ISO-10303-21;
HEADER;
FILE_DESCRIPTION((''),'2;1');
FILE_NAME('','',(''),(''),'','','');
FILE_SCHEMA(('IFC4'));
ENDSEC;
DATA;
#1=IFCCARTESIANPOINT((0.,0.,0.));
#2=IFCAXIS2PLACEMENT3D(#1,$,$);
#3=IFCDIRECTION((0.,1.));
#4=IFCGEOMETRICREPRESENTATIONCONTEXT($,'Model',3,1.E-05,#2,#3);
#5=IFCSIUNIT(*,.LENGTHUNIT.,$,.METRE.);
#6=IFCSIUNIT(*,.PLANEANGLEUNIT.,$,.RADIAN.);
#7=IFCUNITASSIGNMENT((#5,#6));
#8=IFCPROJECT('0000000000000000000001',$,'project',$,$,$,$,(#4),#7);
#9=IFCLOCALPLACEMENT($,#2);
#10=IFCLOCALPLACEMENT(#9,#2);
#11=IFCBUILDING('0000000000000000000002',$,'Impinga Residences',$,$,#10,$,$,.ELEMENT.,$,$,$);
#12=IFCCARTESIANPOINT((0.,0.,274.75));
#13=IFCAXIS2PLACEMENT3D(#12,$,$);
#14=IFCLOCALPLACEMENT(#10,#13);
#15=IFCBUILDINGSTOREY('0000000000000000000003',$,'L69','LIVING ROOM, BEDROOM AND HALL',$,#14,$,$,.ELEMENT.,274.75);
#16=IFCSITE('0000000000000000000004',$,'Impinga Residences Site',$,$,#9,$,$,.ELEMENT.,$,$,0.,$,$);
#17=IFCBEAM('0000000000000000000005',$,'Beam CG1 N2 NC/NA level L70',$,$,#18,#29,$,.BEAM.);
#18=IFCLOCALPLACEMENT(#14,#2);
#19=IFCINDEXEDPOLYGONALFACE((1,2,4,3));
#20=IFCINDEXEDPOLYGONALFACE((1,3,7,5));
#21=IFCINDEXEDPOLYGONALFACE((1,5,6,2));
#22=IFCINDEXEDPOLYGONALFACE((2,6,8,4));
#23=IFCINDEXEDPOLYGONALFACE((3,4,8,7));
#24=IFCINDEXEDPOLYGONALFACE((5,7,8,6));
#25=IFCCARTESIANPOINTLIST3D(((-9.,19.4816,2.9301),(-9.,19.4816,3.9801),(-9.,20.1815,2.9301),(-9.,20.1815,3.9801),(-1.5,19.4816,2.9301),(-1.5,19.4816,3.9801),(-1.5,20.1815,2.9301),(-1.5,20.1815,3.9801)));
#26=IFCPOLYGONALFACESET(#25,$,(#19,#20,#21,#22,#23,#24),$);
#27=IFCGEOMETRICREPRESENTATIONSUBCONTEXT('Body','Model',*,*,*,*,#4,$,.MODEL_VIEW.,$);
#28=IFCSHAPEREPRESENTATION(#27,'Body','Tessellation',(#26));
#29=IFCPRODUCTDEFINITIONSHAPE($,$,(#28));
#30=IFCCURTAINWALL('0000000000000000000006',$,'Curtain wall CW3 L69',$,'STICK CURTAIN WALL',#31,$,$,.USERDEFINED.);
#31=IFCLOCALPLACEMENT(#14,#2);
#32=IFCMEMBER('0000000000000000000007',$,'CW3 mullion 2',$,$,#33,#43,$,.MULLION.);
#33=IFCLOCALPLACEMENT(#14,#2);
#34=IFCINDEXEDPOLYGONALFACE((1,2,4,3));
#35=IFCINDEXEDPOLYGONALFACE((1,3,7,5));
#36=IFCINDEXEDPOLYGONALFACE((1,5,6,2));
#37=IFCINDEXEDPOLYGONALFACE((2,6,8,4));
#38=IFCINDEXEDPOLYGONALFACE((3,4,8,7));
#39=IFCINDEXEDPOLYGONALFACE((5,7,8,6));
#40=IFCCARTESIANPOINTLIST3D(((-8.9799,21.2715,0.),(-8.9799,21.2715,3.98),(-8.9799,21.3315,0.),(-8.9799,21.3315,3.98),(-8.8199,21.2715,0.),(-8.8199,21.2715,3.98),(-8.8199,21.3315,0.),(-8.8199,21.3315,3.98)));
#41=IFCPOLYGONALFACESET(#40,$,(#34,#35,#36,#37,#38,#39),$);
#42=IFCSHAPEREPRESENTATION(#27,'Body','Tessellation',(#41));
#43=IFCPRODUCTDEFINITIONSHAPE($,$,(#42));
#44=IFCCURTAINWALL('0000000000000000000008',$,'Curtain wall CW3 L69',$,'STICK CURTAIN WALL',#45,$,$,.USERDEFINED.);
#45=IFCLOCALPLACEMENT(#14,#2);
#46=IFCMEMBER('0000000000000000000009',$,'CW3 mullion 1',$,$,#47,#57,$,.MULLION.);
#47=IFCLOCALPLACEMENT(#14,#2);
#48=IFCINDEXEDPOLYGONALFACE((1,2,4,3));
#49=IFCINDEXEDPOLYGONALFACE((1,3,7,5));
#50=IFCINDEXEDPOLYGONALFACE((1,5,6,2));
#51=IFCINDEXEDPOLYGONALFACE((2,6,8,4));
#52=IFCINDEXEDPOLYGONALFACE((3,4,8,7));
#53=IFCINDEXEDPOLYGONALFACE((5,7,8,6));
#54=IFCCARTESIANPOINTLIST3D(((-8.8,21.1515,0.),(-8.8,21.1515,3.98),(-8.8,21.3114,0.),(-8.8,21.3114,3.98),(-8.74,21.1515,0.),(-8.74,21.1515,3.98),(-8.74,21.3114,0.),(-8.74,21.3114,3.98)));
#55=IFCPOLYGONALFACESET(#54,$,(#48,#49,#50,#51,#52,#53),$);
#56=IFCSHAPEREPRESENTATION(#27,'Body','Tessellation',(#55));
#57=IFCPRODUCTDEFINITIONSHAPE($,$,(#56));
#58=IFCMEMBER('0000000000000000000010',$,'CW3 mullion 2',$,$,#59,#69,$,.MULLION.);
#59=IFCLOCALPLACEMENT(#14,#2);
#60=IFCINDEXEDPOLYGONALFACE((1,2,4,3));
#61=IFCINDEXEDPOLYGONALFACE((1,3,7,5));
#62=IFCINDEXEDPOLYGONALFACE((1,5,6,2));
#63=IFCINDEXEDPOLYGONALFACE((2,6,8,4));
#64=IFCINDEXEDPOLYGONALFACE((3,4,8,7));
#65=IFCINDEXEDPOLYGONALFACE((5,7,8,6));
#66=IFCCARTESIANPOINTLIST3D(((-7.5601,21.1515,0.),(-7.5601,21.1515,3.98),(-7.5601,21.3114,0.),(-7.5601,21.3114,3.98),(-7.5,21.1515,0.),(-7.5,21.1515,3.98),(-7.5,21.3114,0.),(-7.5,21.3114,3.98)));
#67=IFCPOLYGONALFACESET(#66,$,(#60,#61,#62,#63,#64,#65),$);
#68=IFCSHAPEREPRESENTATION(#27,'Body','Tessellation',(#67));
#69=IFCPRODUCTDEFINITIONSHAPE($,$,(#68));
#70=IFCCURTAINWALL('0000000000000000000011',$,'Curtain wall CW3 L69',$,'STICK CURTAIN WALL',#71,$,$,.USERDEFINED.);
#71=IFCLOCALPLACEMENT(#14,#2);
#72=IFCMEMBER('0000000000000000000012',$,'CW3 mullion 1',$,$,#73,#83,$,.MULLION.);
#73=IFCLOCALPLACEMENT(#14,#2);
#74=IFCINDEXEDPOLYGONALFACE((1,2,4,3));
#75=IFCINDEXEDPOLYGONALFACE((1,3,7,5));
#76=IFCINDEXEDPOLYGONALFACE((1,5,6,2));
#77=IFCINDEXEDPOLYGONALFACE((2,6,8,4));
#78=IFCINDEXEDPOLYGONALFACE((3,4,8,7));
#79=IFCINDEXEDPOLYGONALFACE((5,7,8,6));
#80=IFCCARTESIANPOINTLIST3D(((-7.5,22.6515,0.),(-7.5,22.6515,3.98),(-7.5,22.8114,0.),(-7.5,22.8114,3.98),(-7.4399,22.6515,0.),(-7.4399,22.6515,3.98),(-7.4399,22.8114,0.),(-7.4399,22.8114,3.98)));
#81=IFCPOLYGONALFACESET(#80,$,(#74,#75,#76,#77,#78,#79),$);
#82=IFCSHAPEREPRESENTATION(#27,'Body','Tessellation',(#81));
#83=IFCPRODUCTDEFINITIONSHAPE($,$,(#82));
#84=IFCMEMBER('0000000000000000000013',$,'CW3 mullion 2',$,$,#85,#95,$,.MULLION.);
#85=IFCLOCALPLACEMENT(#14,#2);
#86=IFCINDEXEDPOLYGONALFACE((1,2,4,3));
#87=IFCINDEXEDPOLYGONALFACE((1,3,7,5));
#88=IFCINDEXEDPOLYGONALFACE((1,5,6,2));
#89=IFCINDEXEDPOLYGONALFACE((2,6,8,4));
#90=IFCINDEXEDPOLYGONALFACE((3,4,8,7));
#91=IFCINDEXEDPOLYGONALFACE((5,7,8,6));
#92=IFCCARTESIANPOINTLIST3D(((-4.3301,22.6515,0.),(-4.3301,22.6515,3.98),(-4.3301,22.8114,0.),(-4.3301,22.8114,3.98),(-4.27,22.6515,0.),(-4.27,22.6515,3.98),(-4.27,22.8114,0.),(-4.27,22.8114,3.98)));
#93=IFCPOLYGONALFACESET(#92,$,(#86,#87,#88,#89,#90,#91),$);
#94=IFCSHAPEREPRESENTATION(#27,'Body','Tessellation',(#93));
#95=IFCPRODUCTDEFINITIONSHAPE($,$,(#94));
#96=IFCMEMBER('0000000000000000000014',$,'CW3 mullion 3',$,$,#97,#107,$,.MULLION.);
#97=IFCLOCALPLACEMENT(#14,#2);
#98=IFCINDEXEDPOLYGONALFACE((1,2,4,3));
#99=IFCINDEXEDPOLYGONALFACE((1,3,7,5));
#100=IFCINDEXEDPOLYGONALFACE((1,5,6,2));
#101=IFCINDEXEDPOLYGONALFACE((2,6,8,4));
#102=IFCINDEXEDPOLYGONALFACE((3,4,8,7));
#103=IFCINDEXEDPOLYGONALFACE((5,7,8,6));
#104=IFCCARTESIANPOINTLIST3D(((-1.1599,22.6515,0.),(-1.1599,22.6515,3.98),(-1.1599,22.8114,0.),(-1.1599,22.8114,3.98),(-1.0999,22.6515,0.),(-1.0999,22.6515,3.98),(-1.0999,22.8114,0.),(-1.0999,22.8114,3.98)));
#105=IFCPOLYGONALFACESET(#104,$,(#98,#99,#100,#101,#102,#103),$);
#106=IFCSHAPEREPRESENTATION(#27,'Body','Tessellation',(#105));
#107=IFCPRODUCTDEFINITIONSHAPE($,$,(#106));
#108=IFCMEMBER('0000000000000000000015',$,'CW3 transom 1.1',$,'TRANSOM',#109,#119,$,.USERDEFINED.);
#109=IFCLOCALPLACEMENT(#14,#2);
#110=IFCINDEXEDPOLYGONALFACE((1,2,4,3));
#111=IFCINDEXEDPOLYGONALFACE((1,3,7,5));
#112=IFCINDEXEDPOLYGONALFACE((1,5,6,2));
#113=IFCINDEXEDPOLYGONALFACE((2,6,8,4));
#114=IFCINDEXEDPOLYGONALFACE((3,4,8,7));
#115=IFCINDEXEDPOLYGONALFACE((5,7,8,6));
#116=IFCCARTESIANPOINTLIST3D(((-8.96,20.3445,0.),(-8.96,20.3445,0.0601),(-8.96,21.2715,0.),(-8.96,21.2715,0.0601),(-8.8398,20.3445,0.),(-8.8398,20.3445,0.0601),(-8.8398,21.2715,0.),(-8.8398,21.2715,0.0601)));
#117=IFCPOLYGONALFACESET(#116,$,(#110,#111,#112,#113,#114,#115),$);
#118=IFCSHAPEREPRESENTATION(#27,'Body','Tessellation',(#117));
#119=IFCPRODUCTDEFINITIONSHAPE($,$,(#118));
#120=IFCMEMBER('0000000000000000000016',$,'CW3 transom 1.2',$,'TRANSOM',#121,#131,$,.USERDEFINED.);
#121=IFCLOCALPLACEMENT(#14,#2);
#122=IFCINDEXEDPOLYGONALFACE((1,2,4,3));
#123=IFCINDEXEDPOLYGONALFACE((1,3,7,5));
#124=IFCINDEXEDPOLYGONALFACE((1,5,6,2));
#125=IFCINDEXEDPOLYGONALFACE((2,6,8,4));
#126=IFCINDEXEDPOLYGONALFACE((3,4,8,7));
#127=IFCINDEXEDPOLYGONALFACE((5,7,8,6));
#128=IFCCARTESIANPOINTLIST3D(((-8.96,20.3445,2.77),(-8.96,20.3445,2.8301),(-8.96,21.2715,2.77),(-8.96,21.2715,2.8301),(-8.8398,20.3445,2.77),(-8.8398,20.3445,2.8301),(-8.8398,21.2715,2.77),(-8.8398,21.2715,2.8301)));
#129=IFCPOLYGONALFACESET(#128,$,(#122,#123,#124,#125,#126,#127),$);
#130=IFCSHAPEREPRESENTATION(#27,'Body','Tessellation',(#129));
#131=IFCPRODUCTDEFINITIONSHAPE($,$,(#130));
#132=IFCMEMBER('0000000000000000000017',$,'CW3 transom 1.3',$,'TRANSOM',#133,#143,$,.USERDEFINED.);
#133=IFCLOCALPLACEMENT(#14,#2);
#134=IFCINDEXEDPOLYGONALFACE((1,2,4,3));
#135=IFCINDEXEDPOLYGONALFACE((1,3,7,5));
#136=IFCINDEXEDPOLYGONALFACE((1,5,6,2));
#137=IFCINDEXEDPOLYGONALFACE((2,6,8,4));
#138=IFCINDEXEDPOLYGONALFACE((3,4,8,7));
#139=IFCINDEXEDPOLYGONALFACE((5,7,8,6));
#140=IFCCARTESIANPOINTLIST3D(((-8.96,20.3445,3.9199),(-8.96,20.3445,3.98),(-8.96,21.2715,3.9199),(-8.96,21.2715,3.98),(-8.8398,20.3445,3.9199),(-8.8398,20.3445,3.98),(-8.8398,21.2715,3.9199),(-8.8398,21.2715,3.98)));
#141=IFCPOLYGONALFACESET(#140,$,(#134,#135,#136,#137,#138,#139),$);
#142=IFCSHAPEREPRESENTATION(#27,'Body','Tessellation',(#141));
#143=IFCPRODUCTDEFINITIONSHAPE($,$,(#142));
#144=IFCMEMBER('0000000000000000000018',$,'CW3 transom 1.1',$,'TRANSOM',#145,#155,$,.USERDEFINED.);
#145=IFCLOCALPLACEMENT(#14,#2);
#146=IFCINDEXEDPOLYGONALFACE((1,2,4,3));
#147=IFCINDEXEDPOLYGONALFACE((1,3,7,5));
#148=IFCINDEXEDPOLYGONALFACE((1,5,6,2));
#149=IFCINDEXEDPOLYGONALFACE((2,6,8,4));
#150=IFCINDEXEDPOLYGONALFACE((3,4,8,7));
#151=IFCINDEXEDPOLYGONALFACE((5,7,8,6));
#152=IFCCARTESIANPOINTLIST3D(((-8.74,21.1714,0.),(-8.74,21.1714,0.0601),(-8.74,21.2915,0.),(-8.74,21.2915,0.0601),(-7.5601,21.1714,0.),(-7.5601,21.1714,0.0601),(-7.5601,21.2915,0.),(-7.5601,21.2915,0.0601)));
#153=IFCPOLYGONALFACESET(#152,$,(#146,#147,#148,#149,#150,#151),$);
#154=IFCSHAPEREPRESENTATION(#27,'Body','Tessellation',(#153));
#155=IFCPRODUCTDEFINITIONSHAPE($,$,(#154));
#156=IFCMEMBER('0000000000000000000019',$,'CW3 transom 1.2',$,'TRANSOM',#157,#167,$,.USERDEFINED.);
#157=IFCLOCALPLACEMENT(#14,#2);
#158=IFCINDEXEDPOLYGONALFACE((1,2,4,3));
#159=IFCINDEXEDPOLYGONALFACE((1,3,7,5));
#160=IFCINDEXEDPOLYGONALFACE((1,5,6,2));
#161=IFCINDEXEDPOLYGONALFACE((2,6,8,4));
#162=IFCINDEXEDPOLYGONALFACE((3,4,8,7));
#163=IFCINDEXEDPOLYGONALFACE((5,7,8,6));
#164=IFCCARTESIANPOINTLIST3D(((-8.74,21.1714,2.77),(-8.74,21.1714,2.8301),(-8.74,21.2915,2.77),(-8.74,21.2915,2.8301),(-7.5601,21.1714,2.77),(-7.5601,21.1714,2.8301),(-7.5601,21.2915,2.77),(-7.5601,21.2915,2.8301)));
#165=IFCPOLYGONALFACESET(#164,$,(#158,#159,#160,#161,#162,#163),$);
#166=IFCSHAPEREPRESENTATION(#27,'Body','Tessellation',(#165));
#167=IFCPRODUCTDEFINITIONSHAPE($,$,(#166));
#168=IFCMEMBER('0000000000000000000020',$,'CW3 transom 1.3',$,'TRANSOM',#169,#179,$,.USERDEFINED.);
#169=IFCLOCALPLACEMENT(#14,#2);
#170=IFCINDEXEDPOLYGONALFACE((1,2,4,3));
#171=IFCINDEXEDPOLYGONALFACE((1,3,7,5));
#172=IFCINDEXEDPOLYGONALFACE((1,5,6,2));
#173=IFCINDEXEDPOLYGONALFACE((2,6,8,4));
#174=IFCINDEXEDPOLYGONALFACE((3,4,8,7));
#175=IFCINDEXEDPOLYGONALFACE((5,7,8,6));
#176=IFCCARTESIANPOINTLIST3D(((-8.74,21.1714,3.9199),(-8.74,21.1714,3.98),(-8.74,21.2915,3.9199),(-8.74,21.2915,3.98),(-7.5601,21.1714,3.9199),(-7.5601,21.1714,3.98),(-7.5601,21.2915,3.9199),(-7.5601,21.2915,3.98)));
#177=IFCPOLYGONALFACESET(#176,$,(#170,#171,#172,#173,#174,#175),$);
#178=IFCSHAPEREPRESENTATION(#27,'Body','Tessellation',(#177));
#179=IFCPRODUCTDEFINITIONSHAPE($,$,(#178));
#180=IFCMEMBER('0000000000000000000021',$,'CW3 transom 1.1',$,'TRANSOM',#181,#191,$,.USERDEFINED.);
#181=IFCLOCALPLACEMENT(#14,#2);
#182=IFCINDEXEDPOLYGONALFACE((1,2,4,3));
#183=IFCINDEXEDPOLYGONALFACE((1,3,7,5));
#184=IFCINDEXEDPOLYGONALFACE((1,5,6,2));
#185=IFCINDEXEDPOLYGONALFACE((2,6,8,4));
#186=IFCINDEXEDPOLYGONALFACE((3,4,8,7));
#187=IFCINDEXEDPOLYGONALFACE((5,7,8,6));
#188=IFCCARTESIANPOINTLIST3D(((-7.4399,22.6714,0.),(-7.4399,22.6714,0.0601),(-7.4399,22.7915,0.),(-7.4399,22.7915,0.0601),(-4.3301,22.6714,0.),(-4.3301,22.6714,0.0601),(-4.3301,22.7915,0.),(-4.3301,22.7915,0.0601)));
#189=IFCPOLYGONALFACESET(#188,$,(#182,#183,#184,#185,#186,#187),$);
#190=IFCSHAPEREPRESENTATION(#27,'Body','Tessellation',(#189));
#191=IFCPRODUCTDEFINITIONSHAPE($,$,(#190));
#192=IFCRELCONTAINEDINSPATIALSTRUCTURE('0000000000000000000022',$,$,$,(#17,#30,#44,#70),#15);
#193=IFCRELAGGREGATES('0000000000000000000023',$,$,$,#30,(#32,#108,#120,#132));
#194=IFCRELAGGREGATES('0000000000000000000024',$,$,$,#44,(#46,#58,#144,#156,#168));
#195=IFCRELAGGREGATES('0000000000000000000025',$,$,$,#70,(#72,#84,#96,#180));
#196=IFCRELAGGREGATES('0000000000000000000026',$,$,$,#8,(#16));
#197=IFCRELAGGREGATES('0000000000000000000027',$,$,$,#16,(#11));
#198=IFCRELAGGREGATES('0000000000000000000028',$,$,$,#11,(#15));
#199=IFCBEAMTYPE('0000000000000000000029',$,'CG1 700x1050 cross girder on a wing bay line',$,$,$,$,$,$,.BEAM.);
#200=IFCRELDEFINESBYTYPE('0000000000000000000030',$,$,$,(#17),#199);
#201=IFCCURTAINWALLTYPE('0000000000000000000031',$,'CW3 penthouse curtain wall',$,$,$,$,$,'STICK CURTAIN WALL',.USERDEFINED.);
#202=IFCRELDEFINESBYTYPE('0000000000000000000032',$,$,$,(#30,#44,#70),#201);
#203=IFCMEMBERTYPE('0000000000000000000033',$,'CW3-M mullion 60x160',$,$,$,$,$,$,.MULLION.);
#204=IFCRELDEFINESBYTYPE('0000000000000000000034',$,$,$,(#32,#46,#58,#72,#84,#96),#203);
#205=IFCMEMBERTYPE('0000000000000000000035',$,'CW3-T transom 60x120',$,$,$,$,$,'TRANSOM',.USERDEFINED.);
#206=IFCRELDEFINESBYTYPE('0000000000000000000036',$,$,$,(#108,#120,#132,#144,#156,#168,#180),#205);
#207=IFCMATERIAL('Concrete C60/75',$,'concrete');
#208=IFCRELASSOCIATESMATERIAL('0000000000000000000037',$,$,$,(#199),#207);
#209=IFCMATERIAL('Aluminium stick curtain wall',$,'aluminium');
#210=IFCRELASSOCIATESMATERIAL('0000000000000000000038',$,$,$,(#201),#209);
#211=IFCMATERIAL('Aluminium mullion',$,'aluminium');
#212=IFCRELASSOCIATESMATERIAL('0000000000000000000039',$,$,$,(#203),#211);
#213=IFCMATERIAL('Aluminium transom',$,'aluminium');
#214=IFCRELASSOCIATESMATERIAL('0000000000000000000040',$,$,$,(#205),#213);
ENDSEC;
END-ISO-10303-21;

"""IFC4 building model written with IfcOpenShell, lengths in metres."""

from ifc_helpers import new_model, si_unit, direction, frame, origin, origin_2d, place, context, subcontext, project, spatial, rectangle, extrude, material, material_profile, profile_set, type_object, element, aggregate, save


model = new_model("IFC4")

# Units and contexts
model_context = context("Model", 3, precision=1e-05, world=origin(), true_north=direction((0.0, 1.0)))
body_context = subcontext(model_context, "Body", "Model", "MODEL_VIEW")
ifc_project = project(units=[si_unit("LENGTHUNIT", "METRE"), si_unit("PLANEANGLEUNIT", "RADIAN")], contexts=[model_context])

# Site, building, storey
site_placement = place(None, origin())
site = spatial("IfcSite", under=ifc_project, at=site_placement, Name="Impinga Residences Site", CompositionType="ELEMENT", RefElevation=0.0)
building_placement = place(site_placement, origin())
building = spatial("IfcBuilding", under=site, at=building_placement, Name="Impinga Residences", CompositionType="ELEMENT")
storey_placement = place(building_placement, frame((0.0, 0.0, 274.75)))
storey = spatial("IfcBuildingStorey", under=building, at=storey_placement, Name="L69", Description="LIVING ROOM, BEDROOM AND HALL", CompositionType="ELEMENT", Elevation=274.75)

# Beam
ifc_material_1 = material(Name="Concrete C60/75", Category="concrete")
ifc_material_profile_1 = material_profile(ifc_material_1, rectangle(XDim=0.7, YDim=1.05, at=origin_2d()), Name="RC 700x1050")
ifc_profile_set_1 = profile_set([ifc_material_profile_1], Name="Concrete C60/75")
beam_type_1 = type_object("IfcBeamType", Name="CG1 700x1050 cross girder on a wing bay line", PredefinedType="BEAM", material=ifc_profile_set_1)
beam_1_placement = place(storey_placement, frame((-1.5, 19.8315, 3.4551), z_axis=(-1.0, 0.0, 0.0), x_axis=(0.0, -1.0, 0.0)))
element("IfcBeam", 1, at=beam_1_placement, inside=storey, type_object=beam_type_1, Name="Beam CG1 N2 NC/NA level L70", PredefinedType="BEAM", context=body_context, shape_type="SweptSolid", body=[
    extrude(rectangle(XDim=0.7, YDim=1.05, at=origin_2d()), origin(), (0.0, 0.0, 1.0), 7.5),
])

# Curtain wall, member
ifc_material_2 = material(Name="Aluminium stick curtain wall", Category="aluminium")
curtain_wall_type = type_object("IfcCurtainWallType", Name="CW3 penthouse curtain wall", ElementType="STICK CURTAIN WALL", PredefinedType="USERDEFINED", material=ifc_material_2)
curtain_wall_1_placement = place(storey_placement, origin())
curtain_wall_1 = element("IfcCurtainWall", 2, at=curtain_wall_1_placement, inside=storey, type_object=curtain_wall_type, Name="Curtain wall CW3 L69", ObjectType="STICK CURTAIN WALL", PredefinedType="USERDEFINED")
ifc_material_3 = material(Name="Aluminium mullion", Category="aluminium")
ifc_material_profile_2 = material_profile(ifc_material_3, rectangle(XDim=0.0601, YDim=0.1599, at=origin_2d()), Name="60x160 mullion")
ifc_profile_set_2 = profile_set([ifc_material_profile_2], Name="Aluminium mullion")
member_type_1 = type_object("IfcMemberType", Name="CW3-M mullion 60x160", PredefinedType="MULLION", material=ifc_profile_set_2)
member_1_placement = place(storey_placement, frame((-8.8999, 21.3015, 0.0), z_axis=(0.0, 0.0, 1.0), x_axis=(0.0, 1.0, 0.0)))
member_1 = element("IfcMember", 3, at=member_1_placement, type_object=member_type_1, Name="CW3 mullion 2", PredefinedType="MULLION", context=body_context, shape_type="SweptSolid", body=[
    extrude(rectangle(XDim=0.0601, YDim=0.1599, at=origin_2d()), origin(), (0.0, 0.0, 1.0), 3.98),
])

# Curtain walls, members
curtain_wall_2_placement = place(storey_placement, origin())
curtain_wall_2 = element("IfcCurtainWall", 4, at=curtain_wall_2_placement, inside=storey, type_object=curtain_wall_type, Name="Curtain wall CW3 L69", ObjectType="STICK CURTAIN WALL", PredefinedType="USERDEFINED")
member_2_placement = place(storey_placement, frame((-8.77, 21.2314, 0.0), z_axis=(0.0, 0.0, 1.0), x_axis=(1.0, 0.0, 0.0)))
member_2 = element("IfcMember", 5, at=member_2_placement, type_object=member_type_1, Name="CW3 mullion 1", PredefinedType="MULLION", context=body_context, shape_type="SweptSolid", body=[
    extrude(rectangle(XDim=0.0601, YDim=0.1599, at=origin_2d()), origin(), (0.0, 0.0, 1.0), 3.98),
])
member_3_placement = place(storey_placement, frame((-7.53, 21.2314, 0.0), z_axis=(0.0, 0.0, 1.0), x_axis=(1.0, 0.0, 0.0)))
member_3 = element("IfcMember", 6, at=member_3_placement, type_object=member_type_1, Name="CW3 mullion 2", PredefinedType="MULLION", context=body_context, shape_type="SweptSolid", body=[
    extrude(rectangle(XDim=0.0601, YDim=0.1599, at=origin_2d()), origin(), (0.0, 0.0, 1.0), 3.98),
])
curtain_wall_3_placement = place(storey_placement, origin())
curtain_wall_3 = element("IfcCurtainWall", 7, at=curtain_wall_3_placement, inside=storey, type_object=curtain_wall_type, Name="Curtain wall CW3 L69", ObjectType="STICK CURTAIN WALL", PredefinedType="USERDEFINED")
member_4_placement = place(storey_placement, frame((-7.47, 22.7314, 0.0), z_axis=(0.0, 0.0, 1.0), x_axis=(1.0, 0.0, 0.0)))
member_4 = element("IfcMember", 8, at=member_4_placement, type_object=member_type_1, Name="CW3 mullion 1", PredefinedType="MULLION", context=body_context, shape_type="SweptSolid", body=[
    extrude(rectangle(XDim=0.0601, YDim=0.1599, at=origin_2d()), origin(), (0.0, 0.0, 1.0), 3.98),
])
member_5_placement = place(storey_placement, frame((-4.3, 22.7314, 0.0), z_axis=(0.0, 0.0, 1.0), x_axis=(1.0, 0.0, 0.0)))
member_5 = element("IfcMember", 9, at=member_5_placement, type_object=member_type_1, Name="CW3 mullion 2", PredefinedType="MULLION", context=body_context, shape_type="SweptSolid", body=[
    extrude(rectangle(XDim=0.0601, YDim=0.1599, at=origin_2d()), origin(), (0.0, 0.0, 1.0), 3.98),
])
member_6_placement = place(storey_placement, frame((-1.1299, 22.7314, 0.0), z_axis=(0.0, 0.0, 1.0), x_axis=(1.0, 0.0, 0.0)))
member_6 = element("IfcMember", 10, at=member_6_placement, type_object=member_type_1, Name="CW3 mullion 3", PredefinedType="MULLION", context=body_context, shape_type="SweptSolid", body=[
    extrude(rectangle(XDim=0.0601, YDim=0.1599, at=origin_2d()), origin(), (0.0, 0.0, 1.0), 3.98),
])

# Members
ifc_material_4 = material(Name="Aluminium transom", Category="aluminium")
ifc_material_profile_3 = material_profile(ifc_material_4, rectangle(XDim=0.0601, YDim=0.1201, at=origin_2d()), Name="60x120 transom")
ifc_profile_set_3 = profile_set([ifc_material_profile_3], Name="Aluminium transom")
member_type_2 = type_object("IfcMemberType", Name="CW3-T transom 60x120", ElementType="TRANSOM", PredefinedType="USERDEFINED", material=ifc_profile_set_3)
member_7_placement = place(storey_placement, frame((-8.8999, 20.3445, 0.03), z_axis=(0.0, 1.0, 0.0), x_axis=(0.0, 0.0, 1.0)))
member_7 = element("IfcMember", 11, at=member_7_placement, type_object=member_type_2, Name="CW3 transom 1.1", ObjectType="TRANSOM", PredefinedType="USERDEFINED", context=body_context, shape_type="SweptSolid", body=[
    extrude(rectangle(XDim=0.0601, YDim=0.1201, at=origin_2d()), origin(), (0.0, 0.0, 1.0), 0.927),
])
member_8_placement = place(storey_placement, frame((-8.8999, 20.3445, 2.8), z_axis=(0.0, 1.0, 0.0), x_axis=(0.0, 0.0, 1.0)))
member_8 = element("IfcMember", 12, at=member_8_placement, type_object=member_type_2, Name="CW3 transom 1.2", ObjectType="TRANSOM", PredefinedType="USERDEFINED", context=body_context, shape_type="SweptSolid", body=[
    extrude(rectangle(XDim=0.0601, YDim=0.1201, at=origin_2d()), origin(), (0.0, 0.0, 1.0), 0.927),
])
member_9_placement = place(storey_placement, frame((-8.8999, 20.3445, 3.95), z_axis=(0.0, 1.0, 0.0), x_axis=(0.0, 0.0, 1.0)))
member_9 = element("IfcMember", 13, at=member_9_placement, type_object=member_type_2, Name="CW3 transom 1.3", ObjectType="TRANSOM", PredefinedType="USERDEFINED", context=body_context, shape_type="SweptSolid", body=[
    extrude(rectangle(XDim=0.0601, YDim=0.1201, at=origin_2d()), origin(), (0.0, 0.0, 1.0), 0.927),
])
member_10_placement = place(storey_placement, frame((-8.74, 21.2314, 0.03), z_axis=(1.0, 0.0, 0.0), x_axis=(0.0, 0.0, 1.0)))
member_10 = element("IfcMember", 14, at=member_10_placement, type_object=member_type_2, Name="CW3 transom 1.1", ObjectType="TRANSOM", PredefinedType="USERDEFINED", context=body_context, shape_type="SweptSolid", body=[
    extrude(rectangle(XDim=0.0601, YDim=0.1201, at=origin_2d()), origin(), (0.0, 0.0, 1.0), 1.1799),
])
member_11_placement = place(storey_placement, frame((-8.74, 21.2314, 2.8), z_axis=(1.0, 0.0, 0.0), x_axis=(0.0, 0.0, 1.0)))
member_11 = element("IfcMember", 15, at=member_11_placement, type_object=member_type_2, Name="CW3 transom 1.2", ObjectType="TRANSOM", PredefinedType="USERDEFINED", context=body_context, shape_type="SweptSolid", body=[
    extrude(rectangle(XDim=0.0601, YDim=0.1201, at=origin_2d()), origin(), (0.0, 0.0, 1.0), 1.1799),
])
member_12_placement = place(storey_placement, frame((-8.74, 21.2314, 3.95), z_axis=(1.0, 0.0, 0.0), x_axis=(0.0, 0.0, 1.0)))
member_12 = element("IfcMember", 16, at=member_12_placement, type_object=member_type_2, Name="CW3 transom 1.3", ObjectType="TRANSOM", PredefinedType="USERDEFINED", context=body_context, shape_type="SweptSolid", body=[
    extrude(rectangle(XDim=0.0601, YDim=0.1201, at=origin_2d()), origin(), (0.0, 0.0, 1.0), 1.1799),
])
member_13_placement = place(storey_placement, frame((-7.4399, 22.7314, 0.03), z_axis=(1.0, 0.0, 0.0), x_axis=(0.0, 0.0, 1.0)))
member_13 = element("IfcMember", 17, at=member_13_placement, type_object=member_type_2, Name="CW3 transom 1.1", ObjectType="TRANSOM", PredefinedType="USERDEFINED", context=body_context, shape_type="SweptSolid", body=[
    extrude(rectangle(XDim=0.0601, YDim=0.1201, at=origin_2d()), origin(), (0.0, 0.0, 1.0), 3.1099),
])

aggregate(curtain_wall_1, [member_1, member_7, member_8, member_9])
aggregate(curtain_wall_2, [member_2, member_3, member_10, member_11, member_12])
aggregate(curtain_wall_3, [member_4, member_5, member_6, member_13])

save(model, "model.ifc")
